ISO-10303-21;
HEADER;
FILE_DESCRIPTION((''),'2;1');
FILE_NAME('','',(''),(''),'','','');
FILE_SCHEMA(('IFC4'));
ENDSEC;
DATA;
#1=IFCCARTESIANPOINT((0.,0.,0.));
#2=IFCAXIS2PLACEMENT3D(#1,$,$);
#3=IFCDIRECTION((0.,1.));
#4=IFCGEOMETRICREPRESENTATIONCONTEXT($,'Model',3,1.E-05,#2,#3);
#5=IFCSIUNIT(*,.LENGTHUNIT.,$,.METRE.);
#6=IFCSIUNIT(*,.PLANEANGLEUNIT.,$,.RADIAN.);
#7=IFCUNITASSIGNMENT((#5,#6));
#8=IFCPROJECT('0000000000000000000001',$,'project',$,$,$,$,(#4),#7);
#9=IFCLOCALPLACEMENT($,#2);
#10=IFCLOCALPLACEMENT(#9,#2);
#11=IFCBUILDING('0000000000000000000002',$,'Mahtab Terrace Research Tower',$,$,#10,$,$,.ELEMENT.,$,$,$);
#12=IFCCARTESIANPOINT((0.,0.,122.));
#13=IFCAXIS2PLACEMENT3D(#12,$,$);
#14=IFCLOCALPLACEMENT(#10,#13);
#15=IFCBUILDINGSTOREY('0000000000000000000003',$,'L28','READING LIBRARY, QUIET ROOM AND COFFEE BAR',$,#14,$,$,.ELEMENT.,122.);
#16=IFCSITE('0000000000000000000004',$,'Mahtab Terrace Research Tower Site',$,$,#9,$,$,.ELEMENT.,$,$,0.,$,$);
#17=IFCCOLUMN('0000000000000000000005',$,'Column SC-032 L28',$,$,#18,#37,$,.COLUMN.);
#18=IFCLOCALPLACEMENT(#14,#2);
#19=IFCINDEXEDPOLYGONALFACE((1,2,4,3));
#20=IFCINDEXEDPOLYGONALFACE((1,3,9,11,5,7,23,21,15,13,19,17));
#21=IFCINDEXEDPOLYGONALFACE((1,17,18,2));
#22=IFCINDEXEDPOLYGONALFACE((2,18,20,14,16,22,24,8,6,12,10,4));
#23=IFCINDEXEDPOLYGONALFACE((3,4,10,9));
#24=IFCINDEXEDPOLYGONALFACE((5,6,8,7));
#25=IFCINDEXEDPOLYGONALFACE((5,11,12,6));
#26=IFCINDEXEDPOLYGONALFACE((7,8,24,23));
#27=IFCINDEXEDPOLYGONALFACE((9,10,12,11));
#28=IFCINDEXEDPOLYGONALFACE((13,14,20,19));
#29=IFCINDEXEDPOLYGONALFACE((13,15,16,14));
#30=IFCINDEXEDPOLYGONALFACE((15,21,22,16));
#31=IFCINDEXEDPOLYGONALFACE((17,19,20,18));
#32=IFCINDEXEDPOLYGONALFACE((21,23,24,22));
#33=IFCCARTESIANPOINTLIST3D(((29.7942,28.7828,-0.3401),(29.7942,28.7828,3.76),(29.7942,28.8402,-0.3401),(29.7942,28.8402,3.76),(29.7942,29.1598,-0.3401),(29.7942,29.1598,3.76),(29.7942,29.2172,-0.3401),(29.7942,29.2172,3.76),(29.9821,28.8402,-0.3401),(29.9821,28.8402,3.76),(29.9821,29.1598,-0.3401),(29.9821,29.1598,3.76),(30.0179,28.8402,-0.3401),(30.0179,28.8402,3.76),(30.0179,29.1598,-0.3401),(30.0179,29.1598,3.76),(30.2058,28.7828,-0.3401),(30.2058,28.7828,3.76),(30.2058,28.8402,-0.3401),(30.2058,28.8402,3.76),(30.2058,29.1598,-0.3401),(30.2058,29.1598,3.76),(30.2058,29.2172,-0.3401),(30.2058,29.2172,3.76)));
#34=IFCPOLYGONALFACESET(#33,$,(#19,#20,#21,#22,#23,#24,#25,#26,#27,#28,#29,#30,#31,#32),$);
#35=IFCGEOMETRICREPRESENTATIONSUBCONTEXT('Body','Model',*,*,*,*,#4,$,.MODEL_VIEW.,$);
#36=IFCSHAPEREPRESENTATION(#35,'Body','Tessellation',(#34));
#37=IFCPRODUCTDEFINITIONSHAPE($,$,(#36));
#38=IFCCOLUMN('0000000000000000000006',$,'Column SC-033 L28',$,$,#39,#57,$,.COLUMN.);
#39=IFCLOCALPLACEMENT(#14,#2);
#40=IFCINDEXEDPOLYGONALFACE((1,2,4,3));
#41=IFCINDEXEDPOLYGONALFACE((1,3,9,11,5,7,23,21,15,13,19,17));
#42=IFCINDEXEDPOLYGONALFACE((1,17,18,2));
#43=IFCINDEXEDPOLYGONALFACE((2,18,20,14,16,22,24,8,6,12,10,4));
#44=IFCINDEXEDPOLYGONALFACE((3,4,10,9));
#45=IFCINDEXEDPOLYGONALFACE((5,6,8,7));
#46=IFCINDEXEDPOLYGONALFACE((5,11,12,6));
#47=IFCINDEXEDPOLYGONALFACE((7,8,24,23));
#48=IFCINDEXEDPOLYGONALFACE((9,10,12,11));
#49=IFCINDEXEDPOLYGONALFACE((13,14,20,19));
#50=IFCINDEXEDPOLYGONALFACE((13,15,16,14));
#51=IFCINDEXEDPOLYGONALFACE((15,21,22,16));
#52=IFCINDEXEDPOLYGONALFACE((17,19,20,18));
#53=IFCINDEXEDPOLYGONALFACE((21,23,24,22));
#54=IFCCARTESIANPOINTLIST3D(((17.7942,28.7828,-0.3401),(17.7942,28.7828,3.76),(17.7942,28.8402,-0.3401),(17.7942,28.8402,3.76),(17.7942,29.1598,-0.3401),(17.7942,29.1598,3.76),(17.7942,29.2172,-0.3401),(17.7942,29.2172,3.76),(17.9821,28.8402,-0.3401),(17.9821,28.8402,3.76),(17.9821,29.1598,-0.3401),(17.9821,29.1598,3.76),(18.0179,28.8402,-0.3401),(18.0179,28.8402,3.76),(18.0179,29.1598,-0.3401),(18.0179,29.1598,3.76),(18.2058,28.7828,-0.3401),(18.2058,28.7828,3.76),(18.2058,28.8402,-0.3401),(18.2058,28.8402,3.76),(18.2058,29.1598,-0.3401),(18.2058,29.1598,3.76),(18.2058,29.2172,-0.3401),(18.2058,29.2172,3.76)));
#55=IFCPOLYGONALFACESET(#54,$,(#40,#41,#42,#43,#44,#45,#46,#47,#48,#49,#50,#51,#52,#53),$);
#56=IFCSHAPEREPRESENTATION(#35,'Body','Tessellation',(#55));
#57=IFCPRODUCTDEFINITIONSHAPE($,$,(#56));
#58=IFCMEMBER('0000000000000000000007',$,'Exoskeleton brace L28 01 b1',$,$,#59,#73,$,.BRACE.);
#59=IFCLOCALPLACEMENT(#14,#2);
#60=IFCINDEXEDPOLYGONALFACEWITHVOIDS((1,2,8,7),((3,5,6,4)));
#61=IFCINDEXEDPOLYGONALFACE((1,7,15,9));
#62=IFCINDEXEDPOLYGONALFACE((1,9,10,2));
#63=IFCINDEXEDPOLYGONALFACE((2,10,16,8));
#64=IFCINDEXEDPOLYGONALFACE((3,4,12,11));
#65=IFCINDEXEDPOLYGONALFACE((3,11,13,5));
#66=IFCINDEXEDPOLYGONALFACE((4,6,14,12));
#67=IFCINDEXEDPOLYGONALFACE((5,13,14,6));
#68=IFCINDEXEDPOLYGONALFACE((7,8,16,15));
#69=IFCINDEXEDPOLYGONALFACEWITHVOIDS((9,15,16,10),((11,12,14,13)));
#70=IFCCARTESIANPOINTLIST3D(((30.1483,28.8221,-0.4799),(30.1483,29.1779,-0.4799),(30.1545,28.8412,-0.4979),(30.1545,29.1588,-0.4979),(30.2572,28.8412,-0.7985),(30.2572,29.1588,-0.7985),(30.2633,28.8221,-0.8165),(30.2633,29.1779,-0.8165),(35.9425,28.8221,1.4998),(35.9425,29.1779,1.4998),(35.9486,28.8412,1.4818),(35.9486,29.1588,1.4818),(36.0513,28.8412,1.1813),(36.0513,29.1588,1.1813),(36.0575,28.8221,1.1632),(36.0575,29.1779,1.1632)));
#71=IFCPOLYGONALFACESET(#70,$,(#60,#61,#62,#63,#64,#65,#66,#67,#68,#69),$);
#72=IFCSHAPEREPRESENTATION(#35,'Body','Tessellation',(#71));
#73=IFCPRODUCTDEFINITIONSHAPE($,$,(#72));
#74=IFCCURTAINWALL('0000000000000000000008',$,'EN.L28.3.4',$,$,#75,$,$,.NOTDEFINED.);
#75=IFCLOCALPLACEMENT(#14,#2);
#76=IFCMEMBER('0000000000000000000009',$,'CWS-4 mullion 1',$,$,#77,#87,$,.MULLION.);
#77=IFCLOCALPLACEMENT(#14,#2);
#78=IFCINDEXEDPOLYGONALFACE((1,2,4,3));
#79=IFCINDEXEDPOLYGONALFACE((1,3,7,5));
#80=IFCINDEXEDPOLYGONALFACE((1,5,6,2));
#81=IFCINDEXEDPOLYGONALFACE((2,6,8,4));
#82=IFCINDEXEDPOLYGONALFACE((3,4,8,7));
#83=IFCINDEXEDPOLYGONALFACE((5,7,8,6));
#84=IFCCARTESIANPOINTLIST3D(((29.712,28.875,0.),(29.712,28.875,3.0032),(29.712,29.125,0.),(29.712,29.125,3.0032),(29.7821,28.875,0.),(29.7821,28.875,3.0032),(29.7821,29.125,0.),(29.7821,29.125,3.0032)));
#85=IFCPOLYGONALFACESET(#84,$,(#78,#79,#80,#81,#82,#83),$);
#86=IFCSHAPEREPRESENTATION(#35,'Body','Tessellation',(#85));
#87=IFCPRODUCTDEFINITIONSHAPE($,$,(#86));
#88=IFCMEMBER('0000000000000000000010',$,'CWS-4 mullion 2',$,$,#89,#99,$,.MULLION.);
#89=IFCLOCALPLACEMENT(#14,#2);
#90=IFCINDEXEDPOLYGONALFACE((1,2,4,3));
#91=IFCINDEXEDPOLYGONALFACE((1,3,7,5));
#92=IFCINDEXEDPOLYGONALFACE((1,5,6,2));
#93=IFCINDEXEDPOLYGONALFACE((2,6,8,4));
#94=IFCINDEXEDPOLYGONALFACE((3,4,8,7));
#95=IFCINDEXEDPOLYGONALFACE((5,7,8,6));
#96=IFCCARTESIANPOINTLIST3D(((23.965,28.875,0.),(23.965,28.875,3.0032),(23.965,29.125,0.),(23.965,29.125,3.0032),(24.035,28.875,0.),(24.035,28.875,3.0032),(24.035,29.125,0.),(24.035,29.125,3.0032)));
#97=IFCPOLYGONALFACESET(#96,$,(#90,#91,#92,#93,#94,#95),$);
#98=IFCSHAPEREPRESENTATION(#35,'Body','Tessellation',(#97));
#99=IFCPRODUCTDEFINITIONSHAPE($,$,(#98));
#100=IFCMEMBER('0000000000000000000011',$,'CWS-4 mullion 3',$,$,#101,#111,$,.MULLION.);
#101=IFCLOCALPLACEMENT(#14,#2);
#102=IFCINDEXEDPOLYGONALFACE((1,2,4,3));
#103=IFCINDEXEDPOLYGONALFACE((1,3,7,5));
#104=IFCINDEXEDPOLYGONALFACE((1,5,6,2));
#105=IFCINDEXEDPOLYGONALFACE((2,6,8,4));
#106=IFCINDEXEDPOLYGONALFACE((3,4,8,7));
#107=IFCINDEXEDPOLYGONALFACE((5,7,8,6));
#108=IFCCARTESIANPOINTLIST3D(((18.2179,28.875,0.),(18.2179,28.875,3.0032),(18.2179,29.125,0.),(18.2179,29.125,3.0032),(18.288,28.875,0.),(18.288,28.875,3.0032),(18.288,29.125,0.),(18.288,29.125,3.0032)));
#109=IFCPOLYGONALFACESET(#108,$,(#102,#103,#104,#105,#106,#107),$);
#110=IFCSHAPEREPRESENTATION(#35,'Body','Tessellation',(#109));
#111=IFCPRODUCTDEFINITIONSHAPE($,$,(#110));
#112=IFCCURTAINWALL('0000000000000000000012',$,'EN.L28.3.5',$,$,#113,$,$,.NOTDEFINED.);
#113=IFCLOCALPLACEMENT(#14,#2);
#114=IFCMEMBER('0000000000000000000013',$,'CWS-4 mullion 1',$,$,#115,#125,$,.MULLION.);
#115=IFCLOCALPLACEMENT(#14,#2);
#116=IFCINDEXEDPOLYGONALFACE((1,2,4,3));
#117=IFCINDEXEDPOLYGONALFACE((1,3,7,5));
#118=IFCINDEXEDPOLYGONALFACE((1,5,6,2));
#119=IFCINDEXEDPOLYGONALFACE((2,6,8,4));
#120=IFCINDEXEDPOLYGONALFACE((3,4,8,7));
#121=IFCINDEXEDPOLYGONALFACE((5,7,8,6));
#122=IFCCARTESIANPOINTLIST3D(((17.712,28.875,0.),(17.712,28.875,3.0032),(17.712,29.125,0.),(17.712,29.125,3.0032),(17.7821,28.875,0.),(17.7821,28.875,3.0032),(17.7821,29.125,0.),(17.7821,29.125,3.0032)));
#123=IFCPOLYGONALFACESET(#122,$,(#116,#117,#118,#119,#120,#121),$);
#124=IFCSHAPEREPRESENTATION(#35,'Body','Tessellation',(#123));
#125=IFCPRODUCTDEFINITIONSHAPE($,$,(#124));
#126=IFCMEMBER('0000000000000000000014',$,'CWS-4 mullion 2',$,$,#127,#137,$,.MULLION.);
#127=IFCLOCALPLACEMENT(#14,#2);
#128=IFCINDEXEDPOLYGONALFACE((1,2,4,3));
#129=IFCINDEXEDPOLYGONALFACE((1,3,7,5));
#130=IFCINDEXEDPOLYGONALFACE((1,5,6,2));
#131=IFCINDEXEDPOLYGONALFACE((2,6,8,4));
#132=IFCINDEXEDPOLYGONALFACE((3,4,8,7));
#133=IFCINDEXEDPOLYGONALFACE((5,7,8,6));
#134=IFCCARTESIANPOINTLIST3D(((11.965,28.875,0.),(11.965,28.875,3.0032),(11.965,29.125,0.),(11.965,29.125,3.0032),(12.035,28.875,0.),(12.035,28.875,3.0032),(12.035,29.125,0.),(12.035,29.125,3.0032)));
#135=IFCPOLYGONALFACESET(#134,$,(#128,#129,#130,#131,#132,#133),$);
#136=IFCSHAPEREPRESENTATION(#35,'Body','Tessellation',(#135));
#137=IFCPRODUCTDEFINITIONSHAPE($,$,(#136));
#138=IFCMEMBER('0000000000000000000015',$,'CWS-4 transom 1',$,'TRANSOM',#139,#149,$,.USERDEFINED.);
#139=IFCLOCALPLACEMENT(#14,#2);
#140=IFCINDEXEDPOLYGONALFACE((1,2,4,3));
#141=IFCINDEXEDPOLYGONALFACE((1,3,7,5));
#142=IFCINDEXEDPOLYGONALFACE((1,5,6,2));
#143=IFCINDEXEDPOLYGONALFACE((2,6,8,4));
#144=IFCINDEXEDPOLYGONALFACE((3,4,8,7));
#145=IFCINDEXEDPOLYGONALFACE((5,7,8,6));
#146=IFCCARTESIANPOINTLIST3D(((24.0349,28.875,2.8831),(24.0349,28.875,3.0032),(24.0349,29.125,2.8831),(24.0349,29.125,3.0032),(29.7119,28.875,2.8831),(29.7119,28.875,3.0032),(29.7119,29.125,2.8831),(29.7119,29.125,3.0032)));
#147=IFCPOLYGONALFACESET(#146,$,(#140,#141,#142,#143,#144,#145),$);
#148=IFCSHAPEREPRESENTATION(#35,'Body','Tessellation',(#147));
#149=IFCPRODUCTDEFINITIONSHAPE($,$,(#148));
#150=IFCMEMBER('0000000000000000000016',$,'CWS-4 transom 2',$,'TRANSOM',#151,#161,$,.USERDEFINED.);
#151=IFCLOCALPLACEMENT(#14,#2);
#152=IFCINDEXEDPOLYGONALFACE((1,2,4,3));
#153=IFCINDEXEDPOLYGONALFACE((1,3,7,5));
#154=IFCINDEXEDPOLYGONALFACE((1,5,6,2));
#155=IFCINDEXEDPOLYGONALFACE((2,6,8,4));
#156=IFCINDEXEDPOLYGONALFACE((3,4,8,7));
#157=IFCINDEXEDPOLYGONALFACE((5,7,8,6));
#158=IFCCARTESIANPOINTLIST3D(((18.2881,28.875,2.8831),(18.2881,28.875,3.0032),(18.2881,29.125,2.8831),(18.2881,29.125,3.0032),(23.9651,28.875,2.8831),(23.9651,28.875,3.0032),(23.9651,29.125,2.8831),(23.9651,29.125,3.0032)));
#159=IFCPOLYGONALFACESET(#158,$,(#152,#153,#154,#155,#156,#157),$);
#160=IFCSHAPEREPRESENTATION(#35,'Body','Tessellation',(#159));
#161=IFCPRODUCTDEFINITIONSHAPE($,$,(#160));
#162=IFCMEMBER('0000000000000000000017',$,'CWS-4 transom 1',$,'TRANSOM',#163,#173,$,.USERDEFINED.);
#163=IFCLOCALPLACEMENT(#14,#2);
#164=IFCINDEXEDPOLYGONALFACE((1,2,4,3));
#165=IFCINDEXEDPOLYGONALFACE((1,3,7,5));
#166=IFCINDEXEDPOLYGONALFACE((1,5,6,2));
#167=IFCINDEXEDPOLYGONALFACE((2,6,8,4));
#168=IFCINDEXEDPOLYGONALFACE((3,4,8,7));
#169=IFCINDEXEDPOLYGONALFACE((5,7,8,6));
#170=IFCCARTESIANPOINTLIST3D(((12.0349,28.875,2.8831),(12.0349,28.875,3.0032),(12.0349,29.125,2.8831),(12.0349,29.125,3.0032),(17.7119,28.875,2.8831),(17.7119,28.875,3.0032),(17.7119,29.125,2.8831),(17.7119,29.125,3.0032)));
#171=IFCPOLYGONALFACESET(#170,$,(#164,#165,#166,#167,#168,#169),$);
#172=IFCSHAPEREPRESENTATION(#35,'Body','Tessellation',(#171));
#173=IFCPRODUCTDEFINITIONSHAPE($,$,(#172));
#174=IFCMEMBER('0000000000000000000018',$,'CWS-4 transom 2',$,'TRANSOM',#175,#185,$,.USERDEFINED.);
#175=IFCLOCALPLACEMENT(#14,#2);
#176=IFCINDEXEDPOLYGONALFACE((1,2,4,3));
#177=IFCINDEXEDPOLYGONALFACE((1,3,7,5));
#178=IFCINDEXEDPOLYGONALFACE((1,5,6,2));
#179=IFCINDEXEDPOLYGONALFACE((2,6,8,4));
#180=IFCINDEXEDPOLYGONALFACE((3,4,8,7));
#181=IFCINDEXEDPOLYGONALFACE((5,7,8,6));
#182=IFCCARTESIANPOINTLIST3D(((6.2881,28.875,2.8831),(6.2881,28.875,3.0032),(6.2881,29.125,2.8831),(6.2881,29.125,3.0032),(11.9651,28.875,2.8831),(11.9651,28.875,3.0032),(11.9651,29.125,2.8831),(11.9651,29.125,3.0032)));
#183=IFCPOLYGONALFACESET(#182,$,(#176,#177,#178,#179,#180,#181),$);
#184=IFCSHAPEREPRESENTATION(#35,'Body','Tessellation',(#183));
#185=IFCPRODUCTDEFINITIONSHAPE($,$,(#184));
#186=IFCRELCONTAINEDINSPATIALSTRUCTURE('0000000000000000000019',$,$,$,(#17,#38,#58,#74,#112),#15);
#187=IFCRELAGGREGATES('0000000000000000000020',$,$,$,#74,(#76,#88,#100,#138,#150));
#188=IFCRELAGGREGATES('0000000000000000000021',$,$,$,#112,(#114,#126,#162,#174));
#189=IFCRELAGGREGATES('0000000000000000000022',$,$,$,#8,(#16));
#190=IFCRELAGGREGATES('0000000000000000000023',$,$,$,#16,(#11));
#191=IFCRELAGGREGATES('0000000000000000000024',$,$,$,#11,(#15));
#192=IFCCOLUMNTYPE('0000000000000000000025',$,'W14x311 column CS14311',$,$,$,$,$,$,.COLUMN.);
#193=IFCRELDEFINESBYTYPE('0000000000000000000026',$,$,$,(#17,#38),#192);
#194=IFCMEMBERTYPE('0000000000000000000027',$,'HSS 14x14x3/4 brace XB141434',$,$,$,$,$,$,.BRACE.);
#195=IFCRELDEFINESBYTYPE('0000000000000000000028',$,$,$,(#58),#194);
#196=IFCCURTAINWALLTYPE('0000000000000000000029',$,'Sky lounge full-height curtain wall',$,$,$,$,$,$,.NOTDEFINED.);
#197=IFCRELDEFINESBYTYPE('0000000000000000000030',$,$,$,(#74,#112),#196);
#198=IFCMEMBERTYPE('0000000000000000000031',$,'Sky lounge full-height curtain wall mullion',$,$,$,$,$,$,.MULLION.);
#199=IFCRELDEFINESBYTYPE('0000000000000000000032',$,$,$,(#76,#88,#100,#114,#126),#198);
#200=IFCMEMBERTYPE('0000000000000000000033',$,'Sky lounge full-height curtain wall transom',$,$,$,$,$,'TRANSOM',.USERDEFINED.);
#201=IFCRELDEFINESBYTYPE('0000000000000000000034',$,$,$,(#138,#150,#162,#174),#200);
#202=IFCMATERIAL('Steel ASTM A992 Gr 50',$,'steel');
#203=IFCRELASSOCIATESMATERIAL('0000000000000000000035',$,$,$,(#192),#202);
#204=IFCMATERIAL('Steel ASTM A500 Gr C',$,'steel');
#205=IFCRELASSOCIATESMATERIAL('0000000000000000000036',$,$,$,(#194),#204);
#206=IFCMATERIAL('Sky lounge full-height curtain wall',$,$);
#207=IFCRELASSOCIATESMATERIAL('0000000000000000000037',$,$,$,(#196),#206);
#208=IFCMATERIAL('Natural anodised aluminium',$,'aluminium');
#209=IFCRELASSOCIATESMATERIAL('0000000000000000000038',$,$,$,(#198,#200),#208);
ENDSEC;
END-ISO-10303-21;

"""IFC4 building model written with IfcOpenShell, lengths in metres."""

from ifc_helpers import new_model, si_unit, direction, frame, origin, origin_2d, place, context, subcontext, project, spatial, rectangle, hollow_rectangle, i_section, extrude, material, material_profile, profile_set, type_object, element, aggregate, save


model = new_model("IFC4")

# Units and contexts
model_context = context("Model", 3, precision=1e-05, world=origin(), true_north=direction((0.0, 1.0)))
body_context = subcontext(model_context, "Body", "Model", "MODEL_VIEW")
ifc_project = project(units=[si_unit("LENGTHUNIT", "METRE"), si_unit("PLANEANGLEUNIT", "RADIAN")], contexts=[model_context])

# Site, building, storey
site_placement = place(None, origin())
site = spatial("IfcSite", under=ifc_project, at=site_placement, Name="Mahtab Terrace Research Tower Site", CompositionType="ELEMENT", RefElevation=0.0)
building_placement = place(site_placement, origin())
building = spatial("IfcBuilding", under=site, at=building_placement, Name="Mahtab Terrace Research Tower", CompositionType="ELEMENT")
storey_placement = place(building_placement, frame((0.0, 0.0, 122.0)))
storey = spatial("IfcBuildingStorey", under=building, at=storey_placement, Name="L28", Description="READING LIBRARY, QUIET ROOM AND COFFEE BAR", CompositionType="ELEMENT", Elevation=122.0)

# Columns
ifc_material_1 = material(Name="Steel ASTM A992 Gr 50", Category="steel")
ifc_material_profile_1 = material_profile(ifc_material_1, i_section(OverallWidth=0.4116, OverallDepth=0.4343, WebThickness=0.0359, FlangeThickness=0.0574, at=origin_2d()), Name="W14X311")
ifc_profile_set_1 = profile_set([ifc_material_profile_1], Name="Steel ASTM A992 Gr 50")
column_type = type_object("IfcColumnType", Name="W14x311 column CS14311", PredefinedType="COLUMN", material=ifc_profile_set_1)
for number, where, z_axis, x_axis, name in (
    (1, (30.0, 29.0, -0.3401), (0.0, 0.0, 1.0), (1.0, 0.0, 0.0), "Column SC-032 L28"),
    (2, (18.0, 29.0, -0.3401), (0.0, 0.0, 1.0), (1.0, 0.0, 0.0), "Column SC-033 L28"),
):
    element("IfcColumn", number, at=place(storey_placement, frame(where, z_axis=z_axis, x_axis=x_axis)), inside=storey, type_object=column_type, Name=name, PredefinedType="COLUMN", context=body_context, shape_type="SweptSolid", body=[
        extrude(i_section(OverallWidth=0.4116, OverallDepth=0.4343, WebThickness=0.0359, FlangeThickness=0.0574, at=origin_2d()), origin(), (0.0, 0.0, 1.0), 4.1001),
    ])

# Member
ifc_material_2 = material(Name="Steel ASTM A500 Gr C", Category="steel")
ifc_material_profile_2 = material_profile(ifc_material_2, hollow_rectangle(XDim=0.3557, YDim=0.3557, WallThickness=0.019, at=origin_2d()), Name="HSS14X14X3/4")
ifc_profile_set_2 = profile_set([ifc_material_profile_2], Name="Steel ASTM A500 Gr C")
member_type_1 = type_object("IfcMemberType", Name="HSS 14x14x3/4 brace XB141434", PredefinedType="BRACE", material=ifc_profile_set_2)
member_1_placement = place(storey_placement, frame((30.2058, 29.0, -0.6482), z_axis=(0.946288, 0.0, 0.323324), x_axis=(0.0, 1.0, 0.0)))
element("IfcMember", 3, at=member_1_placement, inside=storey, type_object=member_type_1, Name="Exoskeleton brace L28 01 b1", PredefinedType="BRACE", context=body_context, shape_type="SweptSolid", body=[
    extrude(hollow_rectangle(XDim=0.3557, YDim=0.3557, WallThickness=0.019, at=origin_2d()), origin(), (0.0, 0.0, 1.0), 6.123),
])

# Curtain walls, members
ifc_material_3 = material(Name="Sky lounge full-height curtain wall")
curtain_wall_type = type_object("IfcCurtainWallType", Name="Sky lounge full-height curtain wall", PredefinedType="NOTDEFINED", material=ifc_material_3)
curtain_wall_1_placement = place(storey_placement, origin())
curtain_wall_1 = element("IfcCurtainWall", 4, at=curtain_wall_1_placement, inside=storey, type_object=curtain_wall_type, Name="EN.L28.3.4", PredefinedType="NOTDEFINED")
ifc_material_4 = material(Name="Natural anodised aluminium", Category="aluminium")
ifc_material_profile_3 = material_profile(ifc_material_4, rectangle(XDim=0.25, YDim=0.0701, at=origin_2d()), Name="MULLION 70x250")
ifc_profile_set_3 = profile_set([ifc_material_profile_3], Name="Natural anodised aluminium")
member_type_2 = type_object("IfcMemberType", Name="Sky lounge full-height curtain wall mullion", PredefinedType="MULLION", material=ifc_profile_set_3)
member_2_placement = place(storey_placement, frame((29.7471, 29.0, 0.0), z_axis=(0.0, 0.0, 1.0), x_axis=(0.0, -1.0, 0.0)))
member_2 = element("IfcMember", 5, at=member_2_placement, type_object=member_type_2, Name="CWS-4 mullion 1", PredefinedType="MULLION", context=body_context, shape_type="SweptSolid", body=[
    extrude(rectangle(XDim=0.25, YDim=0.0701, at=origin_2d()), origin(), (0.0, 0.0, 1.0), 3.0032),
])
member_3_placement = place(storey_placement, frame((24.0, 29.0, 0.0), z_axis=(0.0, 0.0, 1.0), x_axis=(0.0, -1.0, 0.0)))
member_3 = element("IfcMember", 6, at=member_3_placement, type_object=member_type_2, Name="CWS-4 mullion 2", PredefinedType="MULLION", context=body_context, shape_type="SweptSolid", body=[
    extrude(rectangle(XDim=0.25, YDim=0.0701, at=origin_2d()), origin(), (0.0, 0.0, 1.0), 3.0032),
])
member_4_placement = place(storey_placement, frame((18.2529, 29.0, 0.0), z_axis=(0.0, 0.0, 1.0), x_axis=(0.0, -1.0, 0.0)))
member_4 = element("IfcMember", 7, at=member_4_placement, type_object=member_type_2, Name="CWS-4 mullion 3", PredefinedType="MULLION", context=body_context, shape_type="SweptSolid", body=[
    extrude(rectangle(XDim=0.25, YDim=0.0701, at=origin_2d()), origin(), (0.0, 0.0, 1.0), 3.0032),
])
curtain_wall_2_placement = place(storey_placement, origin())
curtain_wall_2 = element("IfcCurtainWall", 8, at=curtain_wall_2_placement, inside=storey, type_object=curtain_wall_type, Name="EN.L28.3.5", PredefinedType="NOTDEFINED")
member_5_placement = place(storey_placement, frame((17.7471, 29.0, 0.0), z_axis=(0.0, 0.0, 1.0), x_axis=(0.0, -1.0, 0.0)))
member_5 = element("IfcMember", 9, at=member_5_placement, type_object=member_type_2, Name="CWS-4 mullion 1", PredefinedType="MULLION", context=body_context, shape_type="SweptSolid", body=[
    extrude(rectangle(XDim=0.25, YDim=0.0701, at=origin_2d()), origin(), (0.0, 0.0, 1.0), 3.0032),
])
member_6_placement = place(storey_placement, frame((12.0, 29.0, 0.0), z_axis=(0.0, 0.0, 1.0), x_axis=(0.0, -1.0, 0.0)))
member_6 = element("IfcMember", 10, at=member_6_placement, type_object=member_type_2, Name="CWS-4 mullion 2", PredefinedType="MULLION", context=body_context, shape_type="SweptSolid", body=[
    extrude(rectangle(XDim=0.25, YDim=0.0701, at=origin_2d()), origin(), (0.0, 0.0, 1.0), 3.0032),
])

# Members
ifc_material_profile_4 = material_profile(ifc_material_4, rectangle(XDim=0.25, YDim=0.1201, at=origin_2d()), Name="TRANSOM 120x250")
ifc_profile_set_4 = profile_set([ifc_material_profile_4], Name="Natural anodised aluminium")
member_type_3 = type_object("IfcMemberType", Name="Sky lounge full-height curtain wall transom", ElementType="TRANSOM", PredefinedType="USERDEFINED", material=ifc_profile_set_4)
member_7_placement = place(storey_placement, frame((29.7119, 29.0, 2.9431), z_axis=(-1.0, 0.0, 0.0), x_axis=(0.0, -1.0, 0.0)))
member_7 = element("IfcMember", 11, at=member_7_placement, type_object=member_type_3, Name="CWS-4 transom 1", ObjectType="TRANSOM", PredefinedType="USERDEFINED", context=body_context, shape_type="SweptSolid", body=[
    extrude(rectangle(XDim=0.25, YDim=0.1201, at=origin_2d()), origin(), (0.0, 0.0, 1.0), 5.677),
])
member_8_placement = place(storey_placement, frame((23.9651, 29.0, 2.9431), z_axis=(-1.0, 0.0, 0.0), x_axis=(0.0, -1.0, 0.0)))
member_8 = element("IfcMember", 12, at=member_8_placement, type_object=member_type_3, Name="CWS-4 transom 2", ObjectType="TRANSOM", PredefinedType="USERDEFINED", context=body_context, shape_type="SweptSolid", body=[
    extrude(rectangle(XDim=0.25, YDim=0.1201, at=origin_2d()), origin(), (0.0, 0.0, 1.0), 5.677),
])
member_9_placement = place(storey_placement, frame((17.7119, 29.0, 2.9431), z_axis=(-1.0, 0.0, 0.0), x_axis=(0.0, -1.0, 0.0)))
member_9 = element("IfcMember", 13, at=member_9_placement, type_object=member_type_3, Name="CWS-4 transom 1", ObjectType="TRANSOM", PredefinedType="USERDEFINED", context=body_context, shape_type="SweptSolid", body=[
    extrude(rectangle(XDim=0.25, YDim=0.1201, at=origin_2d()), origin(), (0.0, 0.0, 1.0), 5.677),
])
member_10_placement = place(storey_placement, frame((11.9651, 29.0, 2.9431), z_axis=(-1.0, 0.0, 0.0), x_axis=(0.0, -1.0, 0.0)))
member_10 = element("IfcMember", 14, at=member_10_placement, type_object=member_type_3, Name="CWS-4 transom 2", ObjectType="TRANSOM", PredefinedType="USERDEFINED", context=body_context, shape_type="SweptSolid", body=[
    extrude(rectangle(XDim=0.25, YDim=0.1201, at=origin_2d()), origin(), (0.0, 0.0, 1.0), 5.677),
])

aggregate(curtain_wall_1, [member_2, member_3, member_4, member_7, member_8])
aggregate(curtain_wall_2, [member_5, member_6, member_9, member_10])

save(model, "model.ifc")
